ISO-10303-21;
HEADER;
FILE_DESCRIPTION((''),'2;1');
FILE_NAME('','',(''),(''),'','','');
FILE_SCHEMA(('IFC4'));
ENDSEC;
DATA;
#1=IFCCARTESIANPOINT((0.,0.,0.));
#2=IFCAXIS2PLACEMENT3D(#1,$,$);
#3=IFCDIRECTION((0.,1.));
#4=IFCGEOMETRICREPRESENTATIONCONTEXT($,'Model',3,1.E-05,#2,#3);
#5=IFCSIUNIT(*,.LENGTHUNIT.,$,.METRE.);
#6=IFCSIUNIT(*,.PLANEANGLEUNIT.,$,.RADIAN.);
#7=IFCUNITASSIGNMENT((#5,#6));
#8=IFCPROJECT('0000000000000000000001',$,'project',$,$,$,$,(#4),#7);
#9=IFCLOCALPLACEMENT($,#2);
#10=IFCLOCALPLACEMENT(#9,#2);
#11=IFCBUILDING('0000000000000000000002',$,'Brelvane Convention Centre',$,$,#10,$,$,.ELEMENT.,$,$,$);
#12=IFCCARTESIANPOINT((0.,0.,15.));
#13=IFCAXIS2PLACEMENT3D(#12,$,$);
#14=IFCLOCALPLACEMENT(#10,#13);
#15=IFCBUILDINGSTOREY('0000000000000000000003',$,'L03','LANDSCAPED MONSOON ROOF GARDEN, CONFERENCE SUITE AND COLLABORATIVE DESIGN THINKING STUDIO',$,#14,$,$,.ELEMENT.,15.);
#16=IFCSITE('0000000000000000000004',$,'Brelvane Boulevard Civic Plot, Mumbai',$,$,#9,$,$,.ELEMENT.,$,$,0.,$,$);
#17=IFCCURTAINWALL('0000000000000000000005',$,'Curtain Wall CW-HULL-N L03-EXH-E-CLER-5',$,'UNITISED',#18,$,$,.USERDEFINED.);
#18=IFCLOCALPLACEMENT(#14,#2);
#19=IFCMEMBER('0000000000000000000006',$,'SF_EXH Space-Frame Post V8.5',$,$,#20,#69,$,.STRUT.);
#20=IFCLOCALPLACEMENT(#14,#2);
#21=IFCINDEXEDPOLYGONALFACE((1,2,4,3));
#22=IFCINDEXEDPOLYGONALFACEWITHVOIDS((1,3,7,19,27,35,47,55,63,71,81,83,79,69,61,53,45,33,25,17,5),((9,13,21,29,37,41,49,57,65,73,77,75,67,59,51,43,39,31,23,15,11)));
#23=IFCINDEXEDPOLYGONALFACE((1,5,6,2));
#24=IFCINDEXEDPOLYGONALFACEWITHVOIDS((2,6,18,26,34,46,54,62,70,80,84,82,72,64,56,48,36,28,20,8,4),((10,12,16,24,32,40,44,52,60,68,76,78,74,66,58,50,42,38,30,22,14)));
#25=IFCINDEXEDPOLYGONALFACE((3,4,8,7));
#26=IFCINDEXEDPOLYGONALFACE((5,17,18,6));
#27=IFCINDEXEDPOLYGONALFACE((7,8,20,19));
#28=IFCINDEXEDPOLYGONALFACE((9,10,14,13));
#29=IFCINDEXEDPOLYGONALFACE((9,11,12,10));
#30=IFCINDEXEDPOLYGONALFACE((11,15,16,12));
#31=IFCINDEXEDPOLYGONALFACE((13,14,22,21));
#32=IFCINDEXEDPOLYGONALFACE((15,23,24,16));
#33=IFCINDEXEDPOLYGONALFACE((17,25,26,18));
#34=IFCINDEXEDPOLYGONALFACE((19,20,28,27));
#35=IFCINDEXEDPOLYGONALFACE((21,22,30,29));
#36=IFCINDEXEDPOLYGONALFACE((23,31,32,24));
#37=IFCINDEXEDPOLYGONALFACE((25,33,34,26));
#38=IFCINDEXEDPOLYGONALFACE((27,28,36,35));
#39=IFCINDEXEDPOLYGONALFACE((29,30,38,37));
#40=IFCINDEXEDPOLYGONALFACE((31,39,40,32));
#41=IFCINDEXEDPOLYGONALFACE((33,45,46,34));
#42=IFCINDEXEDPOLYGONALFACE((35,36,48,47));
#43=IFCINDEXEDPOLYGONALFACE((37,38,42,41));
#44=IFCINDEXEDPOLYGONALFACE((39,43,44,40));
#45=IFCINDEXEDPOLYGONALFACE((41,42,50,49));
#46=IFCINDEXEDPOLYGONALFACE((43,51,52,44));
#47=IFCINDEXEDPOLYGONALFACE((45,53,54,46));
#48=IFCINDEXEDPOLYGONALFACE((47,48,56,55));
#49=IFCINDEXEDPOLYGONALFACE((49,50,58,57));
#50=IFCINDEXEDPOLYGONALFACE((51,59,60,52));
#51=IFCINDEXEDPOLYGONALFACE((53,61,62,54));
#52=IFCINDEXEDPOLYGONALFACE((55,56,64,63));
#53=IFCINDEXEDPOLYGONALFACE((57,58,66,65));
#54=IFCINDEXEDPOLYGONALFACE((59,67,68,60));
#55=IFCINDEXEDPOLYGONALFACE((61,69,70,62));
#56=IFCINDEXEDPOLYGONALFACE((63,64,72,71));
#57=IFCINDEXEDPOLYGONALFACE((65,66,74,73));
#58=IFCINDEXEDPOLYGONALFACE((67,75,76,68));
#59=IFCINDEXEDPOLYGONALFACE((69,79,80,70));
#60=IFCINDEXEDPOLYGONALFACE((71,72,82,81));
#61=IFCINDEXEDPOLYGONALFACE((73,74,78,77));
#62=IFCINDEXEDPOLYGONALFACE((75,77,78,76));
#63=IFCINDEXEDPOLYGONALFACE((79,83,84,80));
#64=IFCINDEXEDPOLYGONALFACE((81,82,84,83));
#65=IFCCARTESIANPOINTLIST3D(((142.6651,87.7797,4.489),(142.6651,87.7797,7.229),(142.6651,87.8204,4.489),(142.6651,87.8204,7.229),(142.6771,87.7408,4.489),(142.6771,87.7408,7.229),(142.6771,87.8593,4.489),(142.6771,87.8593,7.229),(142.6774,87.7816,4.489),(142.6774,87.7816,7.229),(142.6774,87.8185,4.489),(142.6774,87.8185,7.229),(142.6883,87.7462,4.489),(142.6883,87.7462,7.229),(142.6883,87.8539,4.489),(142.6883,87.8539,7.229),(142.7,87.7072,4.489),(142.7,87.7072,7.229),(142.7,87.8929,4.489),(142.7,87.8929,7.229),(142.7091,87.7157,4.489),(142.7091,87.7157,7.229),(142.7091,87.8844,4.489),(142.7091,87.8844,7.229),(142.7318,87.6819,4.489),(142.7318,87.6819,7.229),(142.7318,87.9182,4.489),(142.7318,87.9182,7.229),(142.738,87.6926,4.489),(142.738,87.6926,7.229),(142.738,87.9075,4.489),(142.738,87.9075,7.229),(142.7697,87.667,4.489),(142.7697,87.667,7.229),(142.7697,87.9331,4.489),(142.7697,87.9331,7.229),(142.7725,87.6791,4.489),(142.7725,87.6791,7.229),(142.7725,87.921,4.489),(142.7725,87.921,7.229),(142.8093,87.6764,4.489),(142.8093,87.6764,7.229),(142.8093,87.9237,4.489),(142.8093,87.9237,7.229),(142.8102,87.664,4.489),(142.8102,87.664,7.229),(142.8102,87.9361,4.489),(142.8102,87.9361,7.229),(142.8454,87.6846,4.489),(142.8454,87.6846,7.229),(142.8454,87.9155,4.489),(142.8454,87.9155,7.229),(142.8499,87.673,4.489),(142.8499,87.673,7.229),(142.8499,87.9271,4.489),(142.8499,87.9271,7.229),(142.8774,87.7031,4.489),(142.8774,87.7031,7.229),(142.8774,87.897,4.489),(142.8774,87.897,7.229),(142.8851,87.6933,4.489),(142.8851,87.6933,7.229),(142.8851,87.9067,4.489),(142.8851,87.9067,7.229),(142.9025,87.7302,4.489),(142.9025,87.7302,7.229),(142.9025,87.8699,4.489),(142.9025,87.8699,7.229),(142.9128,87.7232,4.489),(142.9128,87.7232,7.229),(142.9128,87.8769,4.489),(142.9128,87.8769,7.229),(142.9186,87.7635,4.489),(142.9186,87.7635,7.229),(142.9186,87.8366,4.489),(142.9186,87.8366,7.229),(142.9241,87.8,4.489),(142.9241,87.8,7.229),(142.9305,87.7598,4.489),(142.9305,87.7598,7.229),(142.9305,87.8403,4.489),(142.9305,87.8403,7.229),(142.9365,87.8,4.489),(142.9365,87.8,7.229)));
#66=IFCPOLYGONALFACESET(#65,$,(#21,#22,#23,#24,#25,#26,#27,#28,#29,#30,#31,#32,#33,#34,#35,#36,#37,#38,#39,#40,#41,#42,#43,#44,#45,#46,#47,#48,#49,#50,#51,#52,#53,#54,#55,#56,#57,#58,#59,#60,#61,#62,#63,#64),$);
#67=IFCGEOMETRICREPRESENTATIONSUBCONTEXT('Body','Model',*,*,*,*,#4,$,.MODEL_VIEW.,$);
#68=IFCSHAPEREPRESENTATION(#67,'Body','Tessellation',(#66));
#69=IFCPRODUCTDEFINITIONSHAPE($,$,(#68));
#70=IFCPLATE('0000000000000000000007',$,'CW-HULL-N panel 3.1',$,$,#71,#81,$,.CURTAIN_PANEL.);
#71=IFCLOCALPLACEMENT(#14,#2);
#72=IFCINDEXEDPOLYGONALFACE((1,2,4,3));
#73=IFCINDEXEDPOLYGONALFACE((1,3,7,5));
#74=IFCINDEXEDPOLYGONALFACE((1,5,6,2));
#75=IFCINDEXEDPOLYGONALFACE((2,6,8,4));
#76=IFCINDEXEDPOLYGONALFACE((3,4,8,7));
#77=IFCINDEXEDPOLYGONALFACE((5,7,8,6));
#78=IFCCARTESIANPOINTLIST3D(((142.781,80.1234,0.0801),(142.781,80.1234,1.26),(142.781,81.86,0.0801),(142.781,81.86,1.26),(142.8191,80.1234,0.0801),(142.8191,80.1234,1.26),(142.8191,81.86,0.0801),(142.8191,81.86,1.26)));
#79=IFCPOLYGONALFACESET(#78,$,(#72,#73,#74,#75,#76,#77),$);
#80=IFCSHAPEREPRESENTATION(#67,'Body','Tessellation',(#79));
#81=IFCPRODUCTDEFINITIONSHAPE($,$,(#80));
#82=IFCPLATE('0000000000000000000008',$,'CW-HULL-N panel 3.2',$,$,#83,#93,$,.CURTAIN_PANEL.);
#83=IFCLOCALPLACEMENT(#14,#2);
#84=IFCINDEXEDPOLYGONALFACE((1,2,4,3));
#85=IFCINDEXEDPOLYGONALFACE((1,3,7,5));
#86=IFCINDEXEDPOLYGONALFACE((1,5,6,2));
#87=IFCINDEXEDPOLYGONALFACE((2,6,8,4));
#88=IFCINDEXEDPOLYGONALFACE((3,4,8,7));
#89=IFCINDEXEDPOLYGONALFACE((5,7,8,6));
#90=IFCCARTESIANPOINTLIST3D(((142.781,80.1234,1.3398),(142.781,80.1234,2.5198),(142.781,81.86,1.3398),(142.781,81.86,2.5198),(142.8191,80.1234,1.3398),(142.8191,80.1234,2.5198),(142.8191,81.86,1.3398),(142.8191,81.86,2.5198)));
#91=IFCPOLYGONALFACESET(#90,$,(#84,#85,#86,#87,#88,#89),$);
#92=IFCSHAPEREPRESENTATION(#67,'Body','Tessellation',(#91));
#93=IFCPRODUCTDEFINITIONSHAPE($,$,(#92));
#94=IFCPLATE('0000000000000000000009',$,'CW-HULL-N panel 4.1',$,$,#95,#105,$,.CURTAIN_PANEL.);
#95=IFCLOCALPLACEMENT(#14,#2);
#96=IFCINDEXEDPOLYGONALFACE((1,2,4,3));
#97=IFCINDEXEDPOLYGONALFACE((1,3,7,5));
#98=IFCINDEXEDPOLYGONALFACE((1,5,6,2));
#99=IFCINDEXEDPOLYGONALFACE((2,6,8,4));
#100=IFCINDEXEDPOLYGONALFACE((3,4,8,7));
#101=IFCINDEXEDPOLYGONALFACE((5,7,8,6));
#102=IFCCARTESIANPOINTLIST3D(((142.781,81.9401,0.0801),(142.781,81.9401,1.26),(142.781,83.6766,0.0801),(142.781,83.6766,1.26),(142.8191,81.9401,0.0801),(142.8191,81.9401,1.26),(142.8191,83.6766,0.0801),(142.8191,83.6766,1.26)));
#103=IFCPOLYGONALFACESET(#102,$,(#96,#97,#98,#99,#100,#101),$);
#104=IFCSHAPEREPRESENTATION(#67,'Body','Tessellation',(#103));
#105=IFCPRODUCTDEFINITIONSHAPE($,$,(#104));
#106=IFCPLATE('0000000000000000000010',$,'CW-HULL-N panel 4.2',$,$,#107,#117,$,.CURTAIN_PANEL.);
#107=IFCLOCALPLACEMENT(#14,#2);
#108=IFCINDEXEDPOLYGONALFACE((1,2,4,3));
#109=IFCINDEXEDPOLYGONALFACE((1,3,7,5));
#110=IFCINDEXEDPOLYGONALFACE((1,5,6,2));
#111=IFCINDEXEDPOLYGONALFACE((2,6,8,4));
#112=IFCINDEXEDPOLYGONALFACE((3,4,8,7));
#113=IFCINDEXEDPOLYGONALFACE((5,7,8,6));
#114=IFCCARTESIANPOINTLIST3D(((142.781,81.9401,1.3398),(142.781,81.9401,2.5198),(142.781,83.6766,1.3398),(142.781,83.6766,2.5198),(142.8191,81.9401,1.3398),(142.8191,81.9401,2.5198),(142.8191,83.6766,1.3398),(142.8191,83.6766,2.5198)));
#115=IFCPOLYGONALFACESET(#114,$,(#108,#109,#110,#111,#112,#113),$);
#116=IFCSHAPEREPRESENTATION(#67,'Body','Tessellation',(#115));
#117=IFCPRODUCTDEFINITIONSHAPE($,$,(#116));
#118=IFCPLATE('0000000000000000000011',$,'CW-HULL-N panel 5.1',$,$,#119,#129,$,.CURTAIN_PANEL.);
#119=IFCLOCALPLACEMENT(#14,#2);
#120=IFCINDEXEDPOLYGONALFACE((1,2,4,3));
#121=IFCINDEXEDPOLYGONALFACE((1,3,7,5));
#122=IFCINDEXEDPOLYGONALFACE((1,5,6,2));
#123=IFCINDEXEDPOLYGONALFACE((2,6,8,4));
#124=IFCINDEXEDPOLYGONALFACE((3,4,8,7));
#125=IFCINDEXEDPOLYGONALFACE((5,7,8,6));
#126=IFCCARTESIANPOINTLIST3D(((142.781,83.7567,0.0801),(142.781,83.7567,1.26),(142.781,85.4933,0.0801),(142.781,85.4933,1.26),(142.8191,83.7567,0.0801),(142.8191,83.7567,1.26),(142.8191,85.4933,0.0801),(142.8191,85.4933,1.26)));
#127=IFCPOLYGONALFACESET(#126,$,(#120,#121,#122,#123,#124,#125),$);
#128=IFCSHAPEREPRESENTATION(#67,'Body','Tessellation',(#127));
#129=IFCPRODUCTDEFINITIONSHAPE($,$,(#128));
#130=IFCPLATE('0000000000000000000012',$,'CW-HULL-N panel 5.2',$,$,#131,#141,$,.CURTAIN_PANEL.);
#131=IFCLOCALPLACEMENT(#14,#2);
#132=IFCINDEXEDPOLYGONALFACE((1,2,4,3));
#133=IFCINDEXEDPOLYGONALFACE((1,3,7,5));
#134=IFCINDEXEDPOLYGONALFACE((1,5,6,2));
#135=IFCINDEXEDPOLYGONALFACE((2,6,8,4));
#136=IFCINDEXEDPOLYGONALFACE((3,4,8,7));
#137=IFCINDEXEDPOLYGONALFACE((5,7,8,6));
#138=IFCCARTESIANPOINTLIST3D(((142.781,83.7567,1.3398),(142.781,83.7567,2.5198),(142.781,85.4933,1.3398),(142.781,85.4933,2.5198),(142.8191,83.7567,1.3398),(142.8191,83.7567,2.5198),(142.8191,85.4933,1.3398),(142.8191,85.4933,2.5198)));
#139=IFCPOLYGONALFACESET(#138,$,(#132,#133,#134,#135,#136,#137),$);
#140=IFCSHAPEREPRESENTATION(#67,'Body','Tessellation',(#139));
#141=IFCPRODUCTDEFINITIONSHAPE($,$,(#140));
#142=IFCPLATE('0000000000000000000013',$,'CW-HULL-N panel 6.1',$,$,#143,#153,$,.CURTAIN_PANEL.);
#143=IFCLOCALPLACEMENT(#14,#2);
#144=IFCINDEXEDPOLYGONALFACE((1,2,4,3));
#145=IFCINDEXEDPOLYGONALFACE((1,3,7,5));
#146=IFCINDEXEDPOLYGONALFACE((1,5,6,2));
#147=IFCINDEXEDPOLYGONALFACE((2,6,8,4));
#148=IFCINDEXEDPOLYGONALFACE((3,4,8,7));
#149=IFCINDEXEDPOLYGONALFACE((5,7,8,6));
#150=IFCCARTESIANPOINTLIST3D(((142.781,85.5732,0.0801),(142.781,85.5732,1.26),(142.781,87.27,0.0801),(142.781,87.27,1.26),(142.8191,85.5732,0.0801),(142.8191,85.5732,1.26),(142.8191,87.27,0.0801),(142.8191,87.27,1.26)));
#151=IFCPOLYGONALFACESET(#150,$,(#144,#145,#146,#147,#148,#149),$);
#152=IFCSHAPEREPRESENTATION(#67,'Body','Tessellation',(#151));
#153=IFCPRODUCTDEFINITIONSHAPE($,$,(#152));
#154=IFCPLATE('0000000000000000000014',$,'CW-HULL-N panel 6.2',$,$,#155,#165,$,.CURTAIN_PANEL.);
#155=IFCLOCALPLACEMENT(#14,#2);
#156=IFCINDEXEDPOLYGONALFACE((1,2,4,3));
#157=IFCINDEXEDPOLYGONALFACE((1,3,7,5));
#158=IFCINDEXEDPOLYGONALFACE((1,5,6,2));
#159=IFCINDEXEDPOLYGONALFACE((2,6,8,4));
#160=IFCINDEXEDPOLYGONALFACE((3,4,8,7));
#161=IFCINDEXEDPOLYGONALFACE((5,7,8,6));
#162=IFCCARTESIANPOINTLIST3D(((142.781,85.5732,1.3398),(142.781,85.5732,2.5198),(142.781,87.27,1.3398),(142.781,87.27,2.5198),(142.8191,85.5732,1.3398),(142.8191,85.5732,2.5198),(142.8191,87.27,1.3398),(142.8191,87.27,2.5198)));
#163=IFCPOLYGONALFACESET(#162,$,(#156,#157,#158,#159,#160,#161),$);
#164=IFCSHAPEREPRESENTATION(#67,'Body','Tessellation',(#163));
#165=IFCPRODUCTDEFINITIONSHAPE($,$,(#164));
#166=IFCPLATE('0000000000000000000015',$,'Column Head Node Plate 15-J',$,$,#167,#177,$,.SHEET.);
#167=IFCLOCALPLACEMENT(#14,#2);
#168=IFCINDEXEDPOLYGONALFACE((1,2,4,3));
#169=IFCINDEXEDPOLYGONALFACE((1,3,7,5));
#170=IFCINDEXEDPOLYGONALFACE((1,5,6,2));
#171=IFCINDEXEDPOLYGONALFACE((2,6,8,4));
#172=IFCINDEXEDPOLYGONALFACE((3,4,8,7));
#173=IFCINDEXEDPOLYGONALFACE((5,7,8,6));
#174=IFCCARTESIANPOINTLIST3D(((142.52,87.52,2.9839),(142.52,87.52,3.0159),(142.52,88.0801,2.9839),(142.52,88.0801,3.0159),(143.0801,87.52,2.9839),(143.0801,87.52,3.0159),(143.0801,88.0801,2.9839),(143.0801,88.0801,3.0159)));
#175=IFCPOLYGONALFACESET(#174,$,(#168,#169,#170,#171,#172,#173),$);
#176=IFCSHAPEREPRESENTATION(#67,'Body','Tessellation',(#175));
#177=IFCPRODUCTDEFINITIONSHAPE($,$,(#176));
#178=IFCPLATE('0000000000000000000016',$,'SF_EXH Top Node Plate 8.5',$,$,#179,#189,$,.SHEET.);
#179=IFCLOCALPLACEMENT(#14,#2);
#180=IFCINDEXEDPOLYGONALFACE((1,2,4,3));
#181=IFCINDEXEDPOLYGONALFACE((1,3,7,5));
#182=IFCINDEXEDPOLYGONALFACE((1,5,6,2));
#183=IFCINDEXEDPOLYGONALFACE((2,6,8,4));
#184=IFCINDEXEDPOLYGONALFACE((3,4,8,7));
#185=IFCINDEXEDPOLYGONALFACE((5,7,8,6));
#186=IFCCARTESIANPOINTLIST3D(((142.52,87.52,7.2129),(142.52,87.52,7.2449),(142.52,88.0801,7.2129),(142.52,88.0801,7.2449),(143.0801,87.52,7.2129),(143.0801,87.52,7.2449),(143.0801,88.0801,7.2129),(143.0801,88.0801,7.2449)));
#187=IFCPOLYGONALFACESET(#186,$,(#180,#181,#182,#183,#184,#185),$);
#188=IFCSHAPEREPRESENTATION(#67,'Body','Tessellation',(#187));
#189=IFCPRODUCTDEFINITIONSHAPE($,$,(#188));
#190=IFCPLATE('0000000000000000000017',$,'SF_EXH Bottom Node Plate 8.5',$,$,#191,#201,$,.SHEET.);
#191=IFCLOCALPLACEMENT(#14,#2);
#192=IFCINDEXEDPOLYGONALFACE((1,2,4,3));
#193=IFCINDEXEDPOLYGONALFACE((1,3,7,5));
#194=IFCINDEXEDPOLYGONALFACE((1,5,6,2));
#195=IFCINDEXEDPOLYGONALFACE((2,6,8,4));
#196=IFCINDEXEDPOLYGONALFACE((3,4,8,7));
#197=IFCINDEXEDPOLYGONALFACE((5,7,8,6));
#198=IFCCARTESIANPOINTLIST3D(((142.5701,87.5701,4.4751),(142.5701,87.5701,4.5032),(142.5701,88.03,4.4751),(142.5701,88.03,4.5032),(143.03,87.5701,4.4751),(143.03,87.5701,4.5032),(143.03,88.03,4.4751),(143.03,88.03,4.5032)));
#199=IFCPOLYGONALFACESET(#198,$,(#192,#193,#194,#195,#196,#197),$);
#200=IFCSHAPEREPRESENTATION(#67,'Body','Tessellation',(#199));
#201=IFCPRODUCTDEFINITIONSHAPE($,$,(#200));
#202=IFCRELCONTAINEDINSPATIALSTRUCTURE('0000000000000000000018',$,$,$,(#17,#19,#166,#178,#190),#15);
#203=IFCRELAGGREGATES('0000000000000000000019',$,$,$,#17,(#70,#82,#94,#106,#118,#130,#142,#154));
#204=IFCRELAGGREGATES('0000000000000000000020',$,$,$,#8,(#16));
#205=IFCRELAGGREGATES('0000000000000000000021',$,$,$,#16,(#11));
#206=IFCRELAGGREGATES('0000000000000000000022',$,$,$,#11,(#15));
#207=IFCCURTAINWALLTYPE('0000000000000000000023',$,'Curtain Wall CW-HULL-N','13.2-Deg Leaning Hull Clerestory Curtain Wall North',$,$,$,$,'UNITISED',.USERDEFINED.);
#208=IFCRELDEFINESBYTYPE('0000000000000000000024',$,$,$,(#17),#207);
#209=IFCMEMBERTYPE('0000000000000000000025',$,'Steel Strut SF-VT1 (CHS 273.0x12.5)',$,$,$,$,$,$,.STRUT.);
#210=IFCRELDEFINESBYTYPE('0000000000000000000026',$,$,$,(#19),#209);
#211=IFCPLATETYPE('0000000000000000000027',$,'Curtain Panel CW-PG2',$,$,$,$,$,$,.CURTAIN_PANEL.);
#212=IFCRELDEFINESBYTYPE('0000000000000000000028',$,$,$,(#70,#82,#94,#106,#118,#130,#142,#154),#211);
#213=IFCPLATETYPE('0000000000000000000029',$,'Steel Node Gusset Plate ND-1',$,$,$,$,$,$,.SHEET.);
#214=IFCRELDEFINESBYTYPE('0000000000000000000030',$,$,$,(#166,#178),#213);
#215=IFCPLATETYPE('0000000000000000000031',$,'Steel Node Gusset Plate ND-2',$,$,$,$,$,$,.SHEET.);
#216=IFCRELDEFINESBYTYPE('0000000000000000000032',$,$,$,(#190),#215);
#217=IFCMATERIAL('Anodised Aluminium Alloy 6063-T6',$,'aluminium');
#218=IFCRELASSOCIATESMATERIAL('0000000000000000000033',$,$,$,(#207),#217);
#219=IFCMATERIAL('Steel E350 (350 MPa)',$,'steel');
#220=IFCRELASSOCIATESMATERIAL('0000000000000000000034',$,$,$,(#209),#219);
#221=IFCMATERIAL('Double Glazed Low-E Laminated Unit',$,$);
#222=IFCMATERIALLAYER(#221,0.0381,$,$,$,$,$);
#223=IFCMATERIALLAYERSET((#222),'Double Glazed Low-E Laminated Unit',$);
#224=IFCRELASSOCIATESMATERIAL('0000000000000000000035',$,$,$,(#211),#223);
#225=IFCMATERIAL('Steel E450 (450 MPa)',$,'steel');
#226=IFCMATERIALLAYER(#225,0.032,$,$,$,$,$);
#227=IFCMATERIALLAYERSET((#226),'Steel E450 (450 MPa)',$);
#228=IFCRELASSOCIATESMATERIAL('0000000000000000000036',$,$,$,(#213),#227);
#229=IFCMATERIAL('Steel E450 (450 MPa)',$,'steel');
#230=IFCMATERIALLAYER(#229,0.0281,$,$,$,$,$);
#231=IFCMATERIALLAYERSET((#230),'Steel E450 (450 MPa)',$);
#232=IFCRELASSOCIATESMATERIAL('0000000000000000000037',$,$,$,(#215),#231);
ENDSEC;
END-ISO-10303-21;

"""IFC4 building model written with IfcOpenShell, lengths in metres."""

from ifc_helpers import new_model, si_unit, direction, frame, origin, origin_2d, place, context, subcontext, project, spatial, rectangle, hollow_circle, extrude, material, layer, layer_set, material_profile, profile_set, type_object, element, aggregate, save


model = new_model("IFC4")

# Units and contexts
model_context = context("Model", 3, precision=1e-05, world=origin(), true_north=direction((0.0, 1.0)))
body_context = subcontext(model_context, "Body", "Model", "MODEL_VIEW")
ifc_project = project(units=[si_unit("LENGTHUNIT", "METRE"), si_unit("PLANEANGLEUNIT", "RADIAN")], contexts=[model_context])

# Site, building, storey
site_placement = place(None, origin())
site = spatial("IfcSite", under=ifc_project, at=site_placement, Name="Brelvane Boulevard Civic Plot, Mumbai", CompositionType="ELEMENT", RefElevation=0.0)
building_placement = place(site_placement, origin())
building = spatial("IfcBuilding", under=site, at=building_placement, Name="Brelvane Convention Centre", CompositionType="ELEMENT")
storey_placement = place(building_placement, frame((0.0, 0.0, 15.0)))
storey = spatial("IfcBuildingStorey", under=building, at=storey_placement, Name="L03", Description="LANDSCAPED MONSOON ROOF GARDEN, CONFERENCE SUITE AND COLLABORATIVE DESIGN THINKING STUDIO", CompositionType="ELEMENT", Elevation=15.0)

# Curtain wall
ifc_material_1 = material(Name="Anodised Aluminium Alloy 6063-T6", Category="aluminium")
curtain_wall_type = type_object("IfcCurtainWallType", Name="Curtain Wall CW-HULL-N", Description="13.2-Deg Leaning Hull Clerestory Curtain Wall North", ElementType="UNITISED", PredefinedType="USERDEFINED", material=ifc_material_1)
curtain_wall_1_placement = place(storey_placement, origin())
curtain_wall_1 = element("IfcCurtainWall", 1, at=curtain_wall_1_placement, inside=storey, type_object=curtain_wall_type, Name="Curtain Wall CW-HULL-N L03-EXH-E-CLER-5", ObjectType="UNITISED", PredefinedType="USERDEFINED")

# Member
ifc_material_2 = material(Name="Steel E350 (350 MPa)", Category="steel")
ifc_material_profile_1 = material_profile(ifc_material_2, hollow_circle(Radius=0.1365, WallThickness=0.0125, at=origin_2d()), Name="CHS 273.0x12.5")
ifc_profile_set_1 = profile_set([ifc_material_profile_1], Name="Steel E350 (350 MPa)")
member_type_1 = type_object("IfcMemberType", Name="Steel Strut SF-VT1 (CHS 273.0x12.5)", PredefinedType="STRUT", material=ifc_profile_set_1)
member_1_placement = place(storey_placement, frame((142.8, 87.8, 4.489), z_axis=(0.0, 0.0, 1.0), x_axis=(1.0, 0.0, 0.0)))
element("IfcMember", 2, at=member_1_placement, inside=storey, type_object=member_type_1, Name="SF_EXH Space-Frame Post V8.5", PredefinedType="STRUT", context=body_context, shape_type="SweptSolid", body=[
    extrude(hollow_circle(Radius=0.1365, WallThickness=0.0125, at=origin_2d()), origin(), (0.0, 0.0, 1.0), 2.74),
])

# Plates
ifc_material_3 = material(Name="Double Glazed Low-E Laminated Unit")
ifc_layer_1 = layer(ifc_material_3, 0.0381)
ifc_layer_set_1 = layer_set([ifc_layer_1], Name="Double Glazed Low-E Laminated Unit")
plate_type_1 = type_object("IfcPlateType", Name="Curtain Panel CW-PG2", PredefinedType="CURTAIN_PANEL", material=ifc_layer_set_1)
plate_1_placement = place(storey_placement, frame((142.8, 80.9917, 0.0801), z_axis=(0.0, 0.0, 1.0), x_axis=(0.0, 1.0, 0.0)))
plate_1 = element("IfcPlate", 3, at=plate_1_placement, type_object=plate_type_1, Name="CW-HULL-N panel 3.1", PredefinedType="CURTAIN_PANEL", context=body_context, shape_type="SweptSolid", body=[
    extrude(rectangle(XDim=1.7366, YDim=0.0381, at=origin_2d()), origin(), (0.0, 0.0, 1.0), 1.1799),
])
plate_2_placement = place(storey_placement, frame((142.8, 80.9917, 1.3398), z_axis=(0.0, 0.0, 1.0), x_axis=(0.0, 1.0, 0.0)))
plate_2 = element("IfcPlate", 4, at=plate_2_placement, type_object=plate_type_1, Name="CW-HULL-N panel 3.2", PredefinedType="CURTAIN_PANEL", context=body_context, shape_type="SweptSolid", body=[
    extrude(rectangle(XDim=1.7366, YDim=0.0381, at=origin_2d()), origin(), (0.0, 0.0, 1.0), 1.1799),
])
plate_3_placement = place(storey_placement, frame((142.8, 82.8083, 0.0801), z_axis=(0.0, 0.0, 1.0), x_axis=(0.0, 1.0, 0.0)))
plate_3 = element("IfcPlate", 5, at=plate_3_placement, type_object=plate_type_1, Name="CW-HULL-N panel 4.1", PredefinedType="CURTAIN_PANEL", context=body_context, shape_type="SweptSolid", body=[
    extrude(rectangle(XDim=1.7366, YDim=0.0381, at=origin_2d()), origin(), (0.0, 0.0, 1.0), 1.1799),
])
plate_4_placement = place(storey_placement, frame((142.8, 82.8083, 1.3398), z_axis=(0.0, 0.0, 1.0), x_axis=(0.0, 1.0, 0.0)))
plate_4 = element("IfcPlate", 6, at=plate_4_placement, type_object=plate_type_1, Name="CW-HULL-N panel 4.2", PredefinedType="CURTAIN_PANEL", context=body_context, shape_type="SweptSolid", body=[
    extrude(rectangle(XDim=1.7366, YDim=0.0381, at=origin_2d()), origin(), (0.0, 0.0, 1.0), 1.1799),
])
plate_5_placement = place(storey_placement, frame((142.8, 84.625, 0.0801), z_axis=(0.0, 0.0, 1.0), x_axis=(0.0, 1.0, 0.0)))
plate_5 = element("IfcPlate", 7, at=plate_5_placement, type_object=plate_type_1, Name="CW-HULL-N panel 5.1", PredefinedType="CURTAIN_PANEL", context=body_context, shape_type="SweptSolid", body=[
    extrude(rectangle(XDim=1.7366, YDim=0.0381, at=origin_2d()), origin(), (0.0, 0.0, 1.0), 1.1799),
])
plate_6_placement = place(storey_placement, frame((142.8, 84.625, 1.3398), z_axis=(0.0, 0.0, 1.0), x_axis=(0.0, 1.0, 0.0)))
plate_6 = element("IfcPlate", 8, at=plate_6_placement, type_object=plate_type_1, Name="CW-HULL-N panel 5.2", PredefinedType="CURTAIN_PANEL", context=body_context, shape_type="SweptSolid", body=[
    extrude(rectangle(XDim=1.7366, YDim=0.0381, at=origin_2d()), origin(), (0.0, 0.0, 1.0), 1.1799),
])
plate_7_placement = place(storey_placement, frame((142.8, 86.4216, 0.0801), z_axis=(0.0, 0.0, 1.0), x_axis=(0.0, 1.0, 0.0)))
plate_7 = element("IfcPlate", 9, at=plate_7_placement, type_object=plate_type_1, Name="CW-HULL-N panel 6.1", PredefinedType="CURTAIN_PANEL", context=body_context, shape_type="SweptSolid", body=[
    extrude(rectangle(XDim=1.6968, YDim=0.0381, at=origin_2d()), origin(), (0.0, 0.0, 1.0), 1.1799),
])
plate_8_placement = place(storey_placement, frame((142.8, 86.4216, 1.3398), z_axis=(0.0, 0.0, 1.0), x_axis=(0.0, 1.0, 0.0)))
plate_8 = element("IfcPlate", 10, at=plate_8_placement, type_object=plate_type_1, Name="CW-HULL-N panel 6.2", PredefinedType="CURTAIN_PANEL", context=body_context, shape_type="SweptSolid", body=[
    extrude(rectangle(XDim=1.6968, YDim=0.0381, at=origin_2d()), origin(), (0.0, 0.0, 1.0), 1.1799),
])
aggregate(curtain_wall_1, [plate_1, plate_2, plate_3, plate_4, plate_5, plate_6, plate_7, plate_8])

# Plates
ifc_material_4 = material(Name="Steel E450 (450 MPa)", Category="steel")
ifc_layer_2 = layer(ifc_material_4, 0.032)
ifc_layer_set_2 = layer_set([ifc_layer_2], Name="Steel E450 (450 MPa)")
plate_type_2 = type_object("IfcPlateType", Name="Steel Node Gusset Plate ND-1", PredefinedType="SHEET", material=ifc_layer_set_2)
for number, where, z_axis, x_axis, name in (
    (11, (142.8, 87.8, 2.9839), (0.0, 0.0, 1.0), (1.0, 0.0, 0.0), "Column Head Node Plate 15-J"),
    (12, (142.8, 87.8, 7.2129), (0.0, 0.0, 1.0), (1.0, 0.0, 0.0), "SF_EXH Top Node Plate 8.5"),
):
    element("IfcPlate", number, at=place(storey_placement, frame(where, z_axis=z_axis, x_axis=x_axis)), inside=storey, type_object=plate_type_2, Name=name, PredefinedType="SHEET", context=body_context, shape_type="SweptSolid", body=[
        extrude(rectangle(XDim=0.5601, YDim=0.5601, at=origin_2d()), origin(), (0.0, 0.0, 1.0), 0.032),
    ])
ifc_material_5 = material(Name="Steel E450 (450 MPa)", Category="steel")
ifc_layer_3 = layer(ifc_material_5, 0.0281)
ifc_layer_set_3 = layer_set([ifc_layer_3], Name="Steel E450 (450 MPa)")
plate_type_3 = type_object("IfcPlateType", Name="Steel Node Gusset Plate ND-2", PredefinedType="SHEET", material=ifc_layer_set_3)
plate_9_placement = place(storey_placement, frame((142.8, 87.8, 4.4751), z_axis=(0.0, 0.0, 1.0), x_axis=(1.0, 0.0, 0.0)))
element("IfcPlate", 13, at=plate_9_placement, inside=storey, type_object=plate_type_3, Name="SF_EXH Bottom Node Plate 8.5", PredefinedType="SHEET", context=body_context, shape_type="SweptSolid", body=[
    extrude(rectangle(XDim=0.46, YDim=0.46, at=origin_2d()), origin(), (0.0, 0.0, 1.0), 0.0281),
])

save(model, "model.ifc")
